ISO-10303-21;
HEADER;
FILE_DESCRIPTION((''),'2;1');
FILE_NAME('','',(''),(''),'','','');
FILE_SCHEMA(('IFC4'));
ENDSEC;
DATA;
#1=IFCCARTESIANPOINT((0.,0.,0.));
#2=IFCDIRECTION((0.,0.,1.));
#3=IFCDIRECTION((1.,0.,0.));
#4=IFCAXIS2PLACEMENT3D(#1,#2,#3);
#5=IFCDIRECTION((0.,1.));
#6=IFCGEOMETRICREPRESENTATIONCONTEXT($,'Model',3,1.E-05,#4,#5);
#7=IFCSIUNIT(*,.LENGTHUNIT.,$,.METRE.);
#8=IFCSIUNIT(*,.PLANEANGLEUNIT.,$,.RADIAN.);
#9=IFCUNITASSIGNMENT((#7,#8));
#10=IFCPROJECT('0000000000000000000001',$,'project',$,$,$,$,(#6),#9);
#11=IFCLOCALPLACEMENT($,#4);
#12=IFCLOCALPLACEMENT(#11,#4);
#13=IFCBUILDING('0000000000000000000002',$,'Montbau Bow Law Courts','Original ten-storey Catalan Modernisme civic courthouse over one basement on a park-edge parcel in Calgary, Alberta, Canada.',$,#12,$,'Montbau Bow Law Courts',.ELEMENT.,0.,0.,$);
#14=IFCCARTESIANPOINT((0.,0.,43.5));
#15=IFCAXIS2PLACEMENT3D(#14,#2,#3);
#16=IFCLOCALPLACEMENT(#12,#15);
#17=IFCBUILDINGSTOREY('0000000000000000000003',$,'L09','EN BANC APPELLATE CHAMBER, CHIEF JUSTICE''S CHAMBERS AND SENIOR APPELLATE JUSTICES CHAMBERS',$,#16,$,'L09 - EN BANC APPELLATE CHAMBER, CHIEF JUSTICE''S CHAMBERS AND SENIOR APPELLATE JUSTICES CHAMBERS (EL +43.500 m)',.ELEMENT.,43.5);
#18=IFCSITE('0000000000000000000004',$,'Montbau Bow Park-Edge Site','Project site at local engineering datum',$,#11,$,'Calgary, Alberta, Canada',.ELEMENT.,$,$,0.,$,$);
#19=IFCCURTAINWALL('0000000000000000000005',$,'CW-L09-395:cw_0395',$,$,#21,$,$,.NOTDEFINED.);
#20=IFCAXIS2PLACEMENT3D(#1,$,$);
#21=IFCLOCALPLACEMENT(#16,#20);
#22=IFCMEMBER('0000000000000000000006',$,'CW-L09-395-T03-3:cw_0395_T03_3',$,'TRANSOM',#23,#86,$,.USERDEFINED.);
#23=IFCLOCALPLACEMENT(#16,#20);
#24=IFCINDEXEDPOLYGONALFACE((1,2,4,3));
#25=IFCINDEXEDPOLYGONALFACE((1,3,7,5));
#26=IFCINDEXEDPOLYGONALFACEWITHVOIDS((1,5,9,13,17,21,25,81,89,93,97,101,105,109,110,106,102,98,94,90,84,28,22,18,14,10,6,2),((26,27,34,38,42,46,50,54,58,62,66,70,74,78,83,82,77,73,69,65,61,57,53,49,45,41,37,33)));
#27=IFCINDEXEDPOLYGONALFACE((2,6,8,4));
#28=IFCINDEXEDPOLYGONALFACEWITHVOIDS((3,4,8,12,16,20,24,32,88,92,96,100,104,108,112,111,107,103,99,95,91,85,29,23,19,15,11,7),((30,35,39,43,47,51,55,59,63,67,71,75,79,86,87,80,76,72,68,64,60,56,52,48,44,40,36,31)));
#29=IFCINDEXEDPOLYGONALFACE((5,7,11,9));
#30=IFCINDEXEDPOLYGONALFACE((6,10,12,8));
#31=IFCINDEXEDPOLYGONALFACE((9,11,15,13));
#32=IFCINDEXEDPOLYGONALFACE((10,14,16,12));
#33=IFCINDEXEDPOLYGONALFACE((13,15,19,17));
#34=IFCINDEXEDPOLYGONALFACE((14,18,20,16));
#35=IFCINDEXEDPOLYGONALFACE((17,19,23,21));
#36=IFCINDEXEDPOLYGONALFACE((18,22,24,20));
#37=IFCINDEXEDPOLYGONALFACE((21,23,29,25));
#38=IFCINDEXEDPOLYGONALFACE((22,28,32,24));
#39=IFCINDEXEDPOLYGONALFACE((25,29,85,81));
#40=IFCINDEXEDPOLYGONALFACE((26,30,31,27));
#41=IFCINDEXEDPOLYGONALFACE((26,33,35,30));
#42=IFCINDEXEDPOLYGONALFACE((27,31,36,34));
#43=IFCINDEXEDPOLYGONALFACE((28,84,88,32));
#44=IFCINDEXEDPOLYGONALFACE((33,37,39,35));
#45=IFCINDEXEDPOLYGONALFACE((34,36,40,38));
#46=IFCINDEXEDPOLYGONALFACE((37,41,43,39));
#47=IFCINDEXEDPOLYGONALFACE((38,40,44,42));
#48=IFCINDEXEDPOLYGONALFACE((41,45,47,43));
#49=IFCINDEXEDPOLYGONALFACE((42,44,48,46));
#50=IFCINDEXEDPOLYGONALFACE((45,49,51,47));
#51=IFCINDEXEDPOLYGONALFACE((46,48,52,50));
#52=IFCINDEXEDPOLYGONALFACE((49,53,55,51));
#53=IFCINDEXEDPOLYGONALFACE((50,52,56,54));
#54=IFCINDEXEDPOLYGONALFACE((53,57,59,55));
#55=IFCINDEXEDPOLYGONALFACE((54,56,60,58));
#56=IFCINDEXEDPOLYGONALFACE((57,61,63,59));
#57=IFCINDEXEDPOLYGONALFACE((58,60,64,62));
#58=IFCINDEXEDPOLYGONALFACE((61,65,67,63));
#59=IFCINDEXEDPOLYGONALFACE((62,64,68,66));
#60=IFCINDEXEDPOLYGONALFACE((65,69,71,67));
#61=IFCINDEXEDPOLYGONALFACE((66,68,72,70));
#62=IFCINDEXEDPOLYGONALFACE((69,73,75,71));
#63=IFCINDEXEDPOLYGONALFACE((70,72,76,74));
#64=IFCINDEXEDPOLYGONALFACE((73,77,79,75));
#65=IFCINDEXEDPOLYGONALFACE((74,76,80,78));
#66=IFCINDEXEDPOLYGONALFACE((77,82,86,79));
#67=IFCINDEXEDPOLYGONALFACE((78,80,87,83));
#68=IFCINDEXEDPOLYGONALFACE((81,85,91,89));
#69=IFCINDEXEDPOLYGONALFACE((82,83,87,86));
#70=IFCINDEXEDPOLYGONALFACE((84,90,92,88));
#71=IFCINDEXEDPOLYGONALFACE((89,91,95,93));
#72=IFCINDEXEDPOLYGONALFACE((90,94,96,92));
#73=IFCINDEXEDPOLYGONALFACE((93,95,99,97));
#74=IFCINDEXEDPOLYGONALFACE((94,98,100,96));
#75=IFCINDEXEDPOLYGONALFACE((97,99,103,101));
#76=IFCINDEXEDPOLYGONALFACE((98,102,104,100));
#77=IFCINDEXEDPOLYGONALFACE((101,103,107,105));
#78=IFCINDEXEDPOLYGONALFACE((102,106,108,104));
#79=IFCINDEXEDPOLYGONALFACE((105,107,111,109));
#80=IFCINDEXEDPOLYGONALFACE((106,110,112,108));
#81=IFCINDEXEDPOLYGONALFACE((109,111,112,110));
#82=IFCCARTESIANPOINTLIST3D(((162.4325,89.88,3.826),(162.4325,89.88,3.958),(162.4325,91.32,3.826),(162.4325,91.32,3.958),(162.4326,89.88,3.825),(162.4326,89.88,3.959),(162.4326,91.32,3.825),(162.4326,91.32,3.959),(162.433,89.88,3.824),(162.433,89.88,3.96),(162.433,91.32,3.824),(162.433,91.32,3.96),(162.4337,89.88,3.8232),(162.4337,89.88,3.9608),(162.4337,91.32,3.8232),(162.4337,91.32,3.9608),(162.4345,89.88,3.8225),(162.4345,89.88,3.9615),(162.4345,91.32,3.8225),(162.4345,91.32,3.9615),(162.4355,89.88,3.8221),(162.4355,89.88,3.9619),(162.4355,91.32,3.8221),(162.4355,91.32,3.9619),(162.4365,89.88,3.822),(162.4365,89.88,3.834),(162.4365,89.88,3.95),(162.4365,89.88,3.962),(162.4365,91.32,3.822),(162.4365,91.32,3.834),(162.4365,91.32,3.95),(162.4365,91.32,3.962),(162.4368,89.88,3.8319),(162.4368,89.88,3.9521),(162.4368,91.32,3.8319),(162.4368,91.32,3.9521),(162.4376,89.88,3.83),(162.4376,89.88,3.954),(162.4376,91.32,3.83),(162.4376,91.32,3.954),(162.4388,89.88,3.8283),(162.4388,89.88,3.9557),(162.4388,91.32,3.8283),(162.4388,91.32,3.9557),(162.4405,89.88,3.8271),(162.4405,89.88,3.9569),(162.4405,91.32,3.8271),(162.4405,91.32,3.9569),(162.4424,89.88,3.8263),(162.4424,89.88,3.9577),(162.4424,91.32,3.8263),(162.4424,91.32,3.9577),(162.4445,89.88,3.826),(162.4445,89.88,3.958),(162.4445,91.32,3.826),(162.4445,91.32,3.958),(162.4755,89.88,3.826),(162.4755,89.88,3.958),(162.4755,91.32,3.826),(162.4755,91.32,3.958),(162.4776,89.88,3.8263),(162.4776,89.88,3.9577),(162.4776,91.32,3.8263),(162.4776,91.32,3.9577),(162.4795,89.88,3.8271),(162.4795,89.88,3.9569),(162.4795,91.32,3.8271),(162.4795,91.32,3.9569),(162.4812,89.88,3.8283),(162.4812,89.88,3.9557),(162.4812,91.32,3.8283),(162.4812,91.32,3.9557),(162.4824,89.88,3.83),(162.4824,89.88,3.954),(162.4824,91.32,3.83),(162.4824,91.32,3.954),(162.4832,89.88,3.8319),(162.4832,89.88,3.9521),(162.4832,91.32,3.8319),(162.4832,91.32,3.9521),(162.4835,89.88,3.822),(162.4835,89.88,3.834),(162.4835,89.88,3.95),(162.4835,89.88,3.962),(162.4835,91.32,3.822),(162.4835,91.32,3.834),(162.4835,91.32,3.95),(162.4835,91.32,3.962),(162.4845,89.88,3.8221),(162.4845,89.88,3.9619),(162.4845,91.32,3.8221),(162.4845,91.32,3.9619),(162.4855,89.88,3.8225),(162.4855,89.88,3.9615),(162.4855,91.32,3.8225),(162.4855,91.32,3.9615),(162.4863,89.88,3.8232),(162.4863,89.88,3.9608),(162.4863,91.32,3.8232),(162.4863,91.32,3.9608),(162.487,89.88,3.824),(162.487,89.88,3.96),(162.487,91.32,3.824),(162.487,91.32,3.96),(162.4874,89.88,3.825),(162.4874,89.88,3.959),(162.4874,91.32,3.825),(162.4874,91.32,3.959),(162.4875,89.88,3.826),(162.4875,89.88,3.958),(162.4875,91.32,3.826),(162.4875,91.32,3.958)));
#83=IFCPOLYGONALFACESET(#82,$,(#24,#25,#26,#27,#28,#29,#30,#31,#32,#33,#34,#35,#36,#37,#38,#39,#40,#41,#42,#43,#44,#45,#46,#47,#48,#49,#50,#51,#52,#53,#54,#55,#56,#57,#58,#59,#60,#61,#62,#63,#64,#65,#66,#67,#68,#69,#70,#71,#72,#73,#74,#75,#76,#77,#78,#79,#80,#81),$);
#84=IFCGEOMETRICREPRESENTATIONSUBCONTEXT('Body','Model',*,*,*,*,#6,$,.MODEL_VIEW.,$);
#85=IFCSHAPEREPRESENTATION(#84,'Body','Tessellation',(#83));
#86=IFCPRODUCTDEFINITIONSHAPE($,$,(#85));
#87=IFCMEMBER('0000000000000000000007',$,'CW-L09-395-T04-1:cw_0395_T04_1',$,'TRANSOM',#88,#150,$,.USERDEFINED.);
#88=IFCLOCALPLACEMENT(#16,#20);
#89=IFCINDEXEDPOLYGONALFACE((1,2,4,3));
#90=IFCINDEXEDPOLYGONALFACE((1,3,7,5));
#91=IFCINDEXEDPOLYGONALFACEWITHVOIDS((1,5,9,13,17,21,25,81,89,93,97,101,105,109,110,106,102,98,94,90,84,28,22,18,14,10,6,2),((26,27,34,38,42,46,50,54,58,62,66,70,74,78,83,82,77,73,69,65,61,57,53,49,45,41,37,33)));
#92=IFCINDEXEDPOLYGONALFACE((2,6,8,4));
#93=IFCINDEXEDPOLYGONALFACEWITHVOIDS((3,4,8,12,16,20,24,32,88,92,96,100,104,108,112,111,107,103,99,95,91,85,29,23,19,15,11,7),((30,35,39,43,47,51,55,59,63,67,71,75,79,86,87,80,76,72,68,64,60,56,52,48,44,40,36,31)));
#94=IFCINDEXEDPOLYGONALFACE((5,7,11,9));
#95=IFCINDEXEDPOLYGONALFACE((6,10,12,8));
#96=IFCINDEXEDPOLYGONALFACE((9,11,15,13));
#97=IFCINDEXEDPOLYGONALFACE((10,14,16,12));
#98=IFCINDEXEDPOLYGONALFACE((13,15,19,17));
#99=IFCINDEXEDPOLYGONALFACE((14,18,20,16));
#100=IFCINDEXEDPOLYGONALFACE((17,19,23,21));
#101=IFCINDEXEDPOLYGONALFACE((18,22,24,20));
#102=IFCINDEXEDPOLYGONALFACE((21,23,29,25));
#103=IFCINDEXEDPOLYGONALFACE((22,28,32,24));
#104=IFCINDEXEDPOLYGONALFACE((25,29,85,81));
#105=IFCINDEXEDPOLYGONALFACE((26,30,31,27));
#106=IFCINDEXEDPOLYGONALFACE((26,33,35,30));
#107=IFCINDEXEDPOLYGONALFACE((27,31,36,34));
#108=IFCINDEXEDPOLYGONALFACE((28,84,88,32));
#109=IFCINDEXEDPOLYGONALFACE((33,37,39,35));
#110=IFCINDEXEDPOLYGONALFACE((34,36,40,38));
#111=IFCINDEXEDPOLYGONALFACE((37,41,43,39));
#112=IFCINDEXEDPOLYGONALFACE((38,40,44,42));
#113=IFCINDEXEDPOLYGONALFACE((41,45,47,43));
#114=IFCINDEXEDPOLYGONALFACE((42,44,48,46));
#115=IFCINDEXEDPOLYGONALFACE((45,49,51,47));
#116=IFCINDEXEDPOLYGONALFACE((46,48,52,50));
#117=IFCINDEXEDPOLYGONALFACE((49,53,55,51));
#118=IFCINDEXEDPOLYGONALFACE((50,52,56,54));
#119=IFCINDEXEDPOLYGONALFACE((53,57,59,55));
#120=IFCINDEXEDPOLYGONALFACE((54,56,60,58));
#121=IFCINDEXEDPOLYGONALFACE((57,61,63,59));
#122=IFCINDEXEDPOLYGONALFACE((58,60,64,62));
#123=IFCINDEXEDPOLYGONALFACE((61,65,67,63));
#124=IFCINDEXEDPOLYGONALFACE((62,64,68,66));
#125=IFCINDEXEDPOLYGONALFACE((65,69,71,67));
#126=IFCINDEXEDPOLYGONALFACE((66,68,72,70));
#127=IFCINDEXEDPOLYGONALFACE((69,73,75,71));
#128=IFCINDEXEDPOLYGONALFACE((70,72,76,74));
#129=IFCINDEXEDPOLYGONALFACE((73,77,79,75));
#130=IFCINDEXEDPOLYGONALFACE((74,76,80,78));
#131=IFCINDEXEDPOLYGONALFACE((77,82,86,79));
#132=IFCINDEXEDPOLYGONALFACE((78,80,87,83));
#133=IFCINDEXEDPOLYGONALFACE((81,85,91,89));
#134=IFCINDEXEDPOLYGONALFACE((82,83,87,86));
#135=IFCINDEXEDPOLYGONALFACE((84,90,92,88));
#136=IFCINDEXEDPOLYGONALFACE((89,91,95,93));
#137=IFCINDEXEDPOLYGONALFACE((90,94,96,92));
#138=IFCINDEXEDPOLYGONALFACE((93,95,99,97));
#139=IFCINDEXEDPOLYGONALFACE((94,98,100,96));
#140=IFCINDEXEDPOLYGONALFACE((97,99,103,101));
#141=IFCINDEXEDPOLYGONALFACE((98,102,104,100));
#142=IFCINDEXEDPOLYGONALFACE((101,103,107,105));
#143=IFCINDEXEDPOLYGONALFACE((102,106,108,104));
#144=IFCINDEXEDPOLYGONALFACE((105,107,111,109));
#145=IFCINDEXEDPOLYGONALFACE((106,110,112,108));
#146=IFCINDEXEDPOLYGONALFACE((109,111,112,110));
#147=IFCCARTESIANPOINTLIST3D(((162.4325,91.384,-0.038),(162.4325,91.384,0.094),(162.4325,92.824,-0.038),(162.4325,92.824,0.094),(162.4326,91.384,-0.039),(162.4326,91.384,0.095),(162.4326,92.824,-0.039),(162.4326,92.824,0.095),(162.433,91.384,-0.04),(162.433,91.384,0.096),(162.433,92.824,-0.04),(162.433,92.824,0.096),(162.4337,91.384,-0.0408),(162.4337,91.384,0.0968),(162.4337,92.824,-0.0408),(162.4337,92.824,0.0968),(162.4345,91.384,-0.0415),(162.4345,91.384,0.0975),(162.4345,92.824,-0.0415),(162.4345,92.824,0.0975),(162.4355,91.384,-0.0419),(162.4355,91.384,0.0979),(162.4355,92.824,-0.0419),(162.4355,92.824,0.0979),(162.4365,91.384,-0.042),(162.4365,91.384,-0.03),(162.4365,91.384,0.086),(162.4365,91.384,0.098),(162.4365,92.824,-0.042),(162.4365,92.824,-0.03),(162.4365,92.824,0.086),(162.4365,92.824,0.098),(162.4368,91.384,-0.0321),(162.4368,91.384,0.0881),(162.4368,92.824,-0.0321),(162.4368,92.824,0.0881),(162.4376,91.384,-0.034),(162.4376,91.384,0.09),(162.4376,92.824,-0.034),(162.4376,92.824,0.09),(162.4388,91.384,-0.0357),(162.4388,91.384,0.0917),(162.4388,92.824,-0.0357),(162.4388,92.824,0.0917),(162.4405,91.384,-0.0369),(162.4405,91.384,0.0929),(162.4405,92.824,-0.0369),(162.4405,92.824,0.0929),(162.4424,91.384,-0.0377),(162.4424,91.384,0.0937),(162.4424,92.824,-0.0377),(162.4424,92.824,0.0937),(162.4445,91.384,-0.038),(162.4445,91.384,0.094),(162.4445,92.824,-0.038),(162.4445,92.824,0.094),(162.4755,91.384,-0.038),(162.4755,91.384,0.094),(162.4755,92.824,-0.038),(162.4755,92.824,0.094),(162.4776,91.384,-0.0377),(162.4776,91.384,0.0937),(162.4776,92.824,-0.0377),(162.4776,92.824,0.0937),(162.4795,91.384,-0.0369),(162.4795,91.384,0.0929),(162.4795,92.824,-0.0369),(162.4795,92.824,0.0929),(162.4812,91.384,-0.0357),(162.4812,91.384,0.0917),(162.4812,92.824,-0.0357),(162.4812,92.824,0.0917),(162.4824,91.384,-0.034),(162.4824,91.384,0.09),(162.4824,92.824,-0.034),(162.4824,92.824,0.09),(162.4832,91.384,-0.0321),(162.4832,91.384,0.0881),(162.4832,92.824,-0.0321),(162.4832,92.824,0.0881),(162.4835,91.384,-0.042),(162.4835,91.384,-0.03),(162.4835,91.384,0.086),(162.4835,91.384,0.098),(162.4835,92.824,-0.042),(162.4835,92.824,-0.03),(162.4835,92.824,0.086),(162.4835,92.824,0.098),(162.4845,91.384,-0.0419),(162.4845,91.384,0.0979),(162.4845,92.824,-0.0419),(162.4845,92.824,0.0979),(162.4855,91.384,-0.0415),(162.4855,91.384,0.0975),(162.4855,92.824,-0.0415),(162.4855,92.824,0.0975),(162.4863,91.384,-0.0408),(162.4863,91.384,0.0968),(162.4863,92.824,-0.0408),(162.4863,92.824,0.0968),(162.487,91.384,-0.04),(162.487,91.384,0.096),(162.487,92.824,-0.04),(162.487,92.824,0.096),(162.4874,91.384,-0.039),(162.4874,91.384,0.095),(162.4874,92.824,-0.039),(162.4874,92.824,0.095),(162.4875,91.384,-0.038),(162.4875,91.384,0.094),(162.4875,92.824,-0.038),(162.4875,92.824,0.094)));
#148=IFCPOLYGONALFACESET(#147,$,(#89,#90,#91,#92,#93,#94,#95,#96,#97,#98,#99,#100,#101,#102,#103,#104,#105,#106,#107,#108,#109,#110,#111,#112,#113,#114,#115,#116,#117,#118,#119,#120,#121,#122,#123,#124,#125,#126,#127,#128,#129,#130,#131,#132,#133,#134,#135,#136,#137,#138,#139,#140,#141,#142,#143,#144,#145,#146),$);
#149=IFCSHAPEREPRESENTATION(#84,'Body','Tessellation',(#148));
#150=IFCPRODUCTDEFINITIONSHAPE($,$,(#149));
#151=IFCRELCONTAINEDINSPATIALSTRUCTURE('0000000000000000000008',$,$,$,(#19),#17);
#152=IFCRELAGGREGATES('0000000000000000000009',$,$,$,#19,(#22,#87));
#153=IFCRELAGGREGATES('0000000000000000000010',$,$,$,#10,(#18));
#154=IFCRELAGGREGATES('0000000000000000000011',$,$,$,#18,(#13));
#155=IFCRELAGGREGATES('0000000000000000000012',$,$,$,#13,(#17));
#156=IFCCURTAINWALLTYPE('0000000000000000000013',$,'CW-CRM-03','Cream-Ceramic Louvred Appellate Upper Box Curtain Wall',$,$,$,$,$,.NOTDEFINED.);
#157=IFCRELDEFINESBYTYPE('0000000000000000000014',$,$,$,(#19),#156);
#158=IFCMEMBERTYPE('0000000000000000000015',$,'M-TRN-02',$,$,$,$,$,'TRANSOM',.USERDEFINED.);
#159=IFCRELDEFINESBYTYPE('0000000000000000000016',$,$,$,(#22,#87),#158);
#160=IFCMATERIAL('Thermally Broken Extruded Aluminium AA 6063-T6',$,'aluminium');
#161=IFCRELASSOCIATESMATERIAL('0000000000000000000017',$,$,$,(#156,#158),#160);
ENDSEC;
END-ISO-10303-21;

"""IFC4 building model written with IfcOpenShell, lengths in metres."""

from ifc_helpers import new_model, si_unit, direction, frame, origin_with_axes, origin_2d_with_axis, place, context, subcontext, project, spatial, hollow_rectangle, extrude, material, material_profile, profile_set, type_object, element, aggregate, save


model = new_model("IFC4")

# Units and contexts
model_context = context("Model", 3, precision=1e-05, world=origin_with_axes(), true_north=direction((0.0, 1.0)))
body_context = subcontext(model_context, "Body", "Model", "MODEL_VIEW")
ifc_project = project(units=[si_unit("LENGTHUNIT", "METRE"), si_unit("PLANEANGLEUNIT", "RADIAN")], contexts=[model_context])

# Site, building, storey
site_placement = place(None, origin_with_axes())
site = spatial("IfcSite", under=ifc_project, at=site_placement, Name="Montbau Bow Park-Edge Site", Description="Project site at local engineering datum", LongName="Calgary, Alberta, Canada", CompositionType="ELEMENT", RefElevation=0.0)
building_placement = place(site_placement, origin_with_axes())
building = spatial("IfcBuilding", under=site, at=building_placement, Name="Montbau Bow Law Courts", Description="Original ten-storey Catalan Modernisme civic courthouse over one basement on a park-edge parcel in Calgary, Alberta, Canada.", LongName="Montbau Bow Law Courts", CompositionType="ELEMENT", ElevationOfRefHeight=0.0, ElevationOfTerrain=0.0)
storey_placement = place(building_placement, frame((0.0, 0.0, 43.5), z_axis=(0.0, 0.0, 1.0), x_axis=(1.0, 0.0, 0.0)))
storey = spatial("IfcBuildingStorey", under=building, at=storey_placement, Name="L09", Description="EN BANC APPELLATE CHAMBER, CHIEF JUSTICE'S CHAMBERS AND SENIOR APPELLATE JUSTICES CHAMBERS", LongName="L09 - EN BANC APPELLATE CHAMBER, CHIEF JUSTICE'S CHAMBERS AND SENIOR APPELLATE JUSTICES CHAMBERS (EL +43.500 m)", CompositionType="ELEMENT", Elevation=43.5)

# Curtain wall, members
ifc_material_1 = material(Name="Thermally Broken Extruded Aluminium AA 6063-T6", Category="aluminium")
curtain_wall_type = type_object("IfcCurtainWallType", Name="CW-CRM-03", Description="Cream-Ceramic Louvred Appellate Upper Box Curtain Wall", PredefinedType="NOTDEFINED", material=ifc_material_1)
curtain_wall_placement = place(None, frame((162.46, 86.84, 43.5), z_axis=(0.0, 0.0, 1.0), x_axis=(1.0, 0.0, 0.0)))
curtain_wall = element("IfcCurtainWall", 1, at=curtain_wall_placement, inside=storey, type_object=curtain_wall_type, Name="CW-L09-395:cw_0395", PredefinedType="NOTDEFINED")
ifc_material_profile_1 = material_profile(ifc_material_1, hollow_rectangle(XDim=0.055, YDim=0.14, WallThickness=0.004, InnerFilletRadius=0.008, OuterFilletRadius=0.004, at=origin_2d_with_axis()), Name="CWT-140X55", Category="Main", Priority=0)
ifc_profile_set_1 = profile_set([ifc_material_profile_1], Name="Thermally Broken Extruded Aluminium AA 6063-T6")
member_type_1 = type_object("IfcMemberType", Name="M-TRN-02", ElementType="TRANSOM", PredefinedType="USERDEFINED", material=ifc_profile_set_1)
member_1_placement = place(None, frame((162.46, 89.88, 47.392), z_axis=(0.0, 1.0, 0.0), x_axis=(-1.0, 0.0, 0.0)))
member_1 = element("IfcMember", 2, at=member_1_placement, type_object=member_type_1, Name="CW-L09-395-T03-3:cw_0395_T03_3", ObjectType="TRANSOM", PredefinedType="USERDEFINED", context=body_context, shape_type="SweptSolid", body=[
    extrude(hollow_rectangle(XDim=0.055, YDim=0.14, WallThickness=0.004, InnerFilletRadius=0.008, OuterFilletRadius=0.004, at=origin_2d_with_axis()), origin_with_axes(), (0.0, 0.0, 1.0), 1.44),
])
member_2_placement = place(None, frame((162.46, 91.384, 43.528), z_axis=(0.0, 1.0, 0.0), x_axis=(-1.0, 0.0, 0.0)))
member_2 = element("IfcMember", 3, at=member_2_placement, type_object=member_type_1, Name="CW-L09-395-T04-1:cw_0395_T04_1", ObjectType="TRANSOM", PredefinedType="USERDEFINED", context=body_context, shape_type="SweptSolid", body=[
    extrude(hollow_rectangle(XDim=0.055, YDim=0.14, WallThickness=0.004, InnerFilletRadius=0.008, OuterFilletRadius=0.004, at=origin_2d_with_axis()), origin_with_axes(), (0.0, 0.0, 1.0), 1.44),
])
aggregate(curtain_wall, [member_1, member_2])

save(model, "model.ifc")
